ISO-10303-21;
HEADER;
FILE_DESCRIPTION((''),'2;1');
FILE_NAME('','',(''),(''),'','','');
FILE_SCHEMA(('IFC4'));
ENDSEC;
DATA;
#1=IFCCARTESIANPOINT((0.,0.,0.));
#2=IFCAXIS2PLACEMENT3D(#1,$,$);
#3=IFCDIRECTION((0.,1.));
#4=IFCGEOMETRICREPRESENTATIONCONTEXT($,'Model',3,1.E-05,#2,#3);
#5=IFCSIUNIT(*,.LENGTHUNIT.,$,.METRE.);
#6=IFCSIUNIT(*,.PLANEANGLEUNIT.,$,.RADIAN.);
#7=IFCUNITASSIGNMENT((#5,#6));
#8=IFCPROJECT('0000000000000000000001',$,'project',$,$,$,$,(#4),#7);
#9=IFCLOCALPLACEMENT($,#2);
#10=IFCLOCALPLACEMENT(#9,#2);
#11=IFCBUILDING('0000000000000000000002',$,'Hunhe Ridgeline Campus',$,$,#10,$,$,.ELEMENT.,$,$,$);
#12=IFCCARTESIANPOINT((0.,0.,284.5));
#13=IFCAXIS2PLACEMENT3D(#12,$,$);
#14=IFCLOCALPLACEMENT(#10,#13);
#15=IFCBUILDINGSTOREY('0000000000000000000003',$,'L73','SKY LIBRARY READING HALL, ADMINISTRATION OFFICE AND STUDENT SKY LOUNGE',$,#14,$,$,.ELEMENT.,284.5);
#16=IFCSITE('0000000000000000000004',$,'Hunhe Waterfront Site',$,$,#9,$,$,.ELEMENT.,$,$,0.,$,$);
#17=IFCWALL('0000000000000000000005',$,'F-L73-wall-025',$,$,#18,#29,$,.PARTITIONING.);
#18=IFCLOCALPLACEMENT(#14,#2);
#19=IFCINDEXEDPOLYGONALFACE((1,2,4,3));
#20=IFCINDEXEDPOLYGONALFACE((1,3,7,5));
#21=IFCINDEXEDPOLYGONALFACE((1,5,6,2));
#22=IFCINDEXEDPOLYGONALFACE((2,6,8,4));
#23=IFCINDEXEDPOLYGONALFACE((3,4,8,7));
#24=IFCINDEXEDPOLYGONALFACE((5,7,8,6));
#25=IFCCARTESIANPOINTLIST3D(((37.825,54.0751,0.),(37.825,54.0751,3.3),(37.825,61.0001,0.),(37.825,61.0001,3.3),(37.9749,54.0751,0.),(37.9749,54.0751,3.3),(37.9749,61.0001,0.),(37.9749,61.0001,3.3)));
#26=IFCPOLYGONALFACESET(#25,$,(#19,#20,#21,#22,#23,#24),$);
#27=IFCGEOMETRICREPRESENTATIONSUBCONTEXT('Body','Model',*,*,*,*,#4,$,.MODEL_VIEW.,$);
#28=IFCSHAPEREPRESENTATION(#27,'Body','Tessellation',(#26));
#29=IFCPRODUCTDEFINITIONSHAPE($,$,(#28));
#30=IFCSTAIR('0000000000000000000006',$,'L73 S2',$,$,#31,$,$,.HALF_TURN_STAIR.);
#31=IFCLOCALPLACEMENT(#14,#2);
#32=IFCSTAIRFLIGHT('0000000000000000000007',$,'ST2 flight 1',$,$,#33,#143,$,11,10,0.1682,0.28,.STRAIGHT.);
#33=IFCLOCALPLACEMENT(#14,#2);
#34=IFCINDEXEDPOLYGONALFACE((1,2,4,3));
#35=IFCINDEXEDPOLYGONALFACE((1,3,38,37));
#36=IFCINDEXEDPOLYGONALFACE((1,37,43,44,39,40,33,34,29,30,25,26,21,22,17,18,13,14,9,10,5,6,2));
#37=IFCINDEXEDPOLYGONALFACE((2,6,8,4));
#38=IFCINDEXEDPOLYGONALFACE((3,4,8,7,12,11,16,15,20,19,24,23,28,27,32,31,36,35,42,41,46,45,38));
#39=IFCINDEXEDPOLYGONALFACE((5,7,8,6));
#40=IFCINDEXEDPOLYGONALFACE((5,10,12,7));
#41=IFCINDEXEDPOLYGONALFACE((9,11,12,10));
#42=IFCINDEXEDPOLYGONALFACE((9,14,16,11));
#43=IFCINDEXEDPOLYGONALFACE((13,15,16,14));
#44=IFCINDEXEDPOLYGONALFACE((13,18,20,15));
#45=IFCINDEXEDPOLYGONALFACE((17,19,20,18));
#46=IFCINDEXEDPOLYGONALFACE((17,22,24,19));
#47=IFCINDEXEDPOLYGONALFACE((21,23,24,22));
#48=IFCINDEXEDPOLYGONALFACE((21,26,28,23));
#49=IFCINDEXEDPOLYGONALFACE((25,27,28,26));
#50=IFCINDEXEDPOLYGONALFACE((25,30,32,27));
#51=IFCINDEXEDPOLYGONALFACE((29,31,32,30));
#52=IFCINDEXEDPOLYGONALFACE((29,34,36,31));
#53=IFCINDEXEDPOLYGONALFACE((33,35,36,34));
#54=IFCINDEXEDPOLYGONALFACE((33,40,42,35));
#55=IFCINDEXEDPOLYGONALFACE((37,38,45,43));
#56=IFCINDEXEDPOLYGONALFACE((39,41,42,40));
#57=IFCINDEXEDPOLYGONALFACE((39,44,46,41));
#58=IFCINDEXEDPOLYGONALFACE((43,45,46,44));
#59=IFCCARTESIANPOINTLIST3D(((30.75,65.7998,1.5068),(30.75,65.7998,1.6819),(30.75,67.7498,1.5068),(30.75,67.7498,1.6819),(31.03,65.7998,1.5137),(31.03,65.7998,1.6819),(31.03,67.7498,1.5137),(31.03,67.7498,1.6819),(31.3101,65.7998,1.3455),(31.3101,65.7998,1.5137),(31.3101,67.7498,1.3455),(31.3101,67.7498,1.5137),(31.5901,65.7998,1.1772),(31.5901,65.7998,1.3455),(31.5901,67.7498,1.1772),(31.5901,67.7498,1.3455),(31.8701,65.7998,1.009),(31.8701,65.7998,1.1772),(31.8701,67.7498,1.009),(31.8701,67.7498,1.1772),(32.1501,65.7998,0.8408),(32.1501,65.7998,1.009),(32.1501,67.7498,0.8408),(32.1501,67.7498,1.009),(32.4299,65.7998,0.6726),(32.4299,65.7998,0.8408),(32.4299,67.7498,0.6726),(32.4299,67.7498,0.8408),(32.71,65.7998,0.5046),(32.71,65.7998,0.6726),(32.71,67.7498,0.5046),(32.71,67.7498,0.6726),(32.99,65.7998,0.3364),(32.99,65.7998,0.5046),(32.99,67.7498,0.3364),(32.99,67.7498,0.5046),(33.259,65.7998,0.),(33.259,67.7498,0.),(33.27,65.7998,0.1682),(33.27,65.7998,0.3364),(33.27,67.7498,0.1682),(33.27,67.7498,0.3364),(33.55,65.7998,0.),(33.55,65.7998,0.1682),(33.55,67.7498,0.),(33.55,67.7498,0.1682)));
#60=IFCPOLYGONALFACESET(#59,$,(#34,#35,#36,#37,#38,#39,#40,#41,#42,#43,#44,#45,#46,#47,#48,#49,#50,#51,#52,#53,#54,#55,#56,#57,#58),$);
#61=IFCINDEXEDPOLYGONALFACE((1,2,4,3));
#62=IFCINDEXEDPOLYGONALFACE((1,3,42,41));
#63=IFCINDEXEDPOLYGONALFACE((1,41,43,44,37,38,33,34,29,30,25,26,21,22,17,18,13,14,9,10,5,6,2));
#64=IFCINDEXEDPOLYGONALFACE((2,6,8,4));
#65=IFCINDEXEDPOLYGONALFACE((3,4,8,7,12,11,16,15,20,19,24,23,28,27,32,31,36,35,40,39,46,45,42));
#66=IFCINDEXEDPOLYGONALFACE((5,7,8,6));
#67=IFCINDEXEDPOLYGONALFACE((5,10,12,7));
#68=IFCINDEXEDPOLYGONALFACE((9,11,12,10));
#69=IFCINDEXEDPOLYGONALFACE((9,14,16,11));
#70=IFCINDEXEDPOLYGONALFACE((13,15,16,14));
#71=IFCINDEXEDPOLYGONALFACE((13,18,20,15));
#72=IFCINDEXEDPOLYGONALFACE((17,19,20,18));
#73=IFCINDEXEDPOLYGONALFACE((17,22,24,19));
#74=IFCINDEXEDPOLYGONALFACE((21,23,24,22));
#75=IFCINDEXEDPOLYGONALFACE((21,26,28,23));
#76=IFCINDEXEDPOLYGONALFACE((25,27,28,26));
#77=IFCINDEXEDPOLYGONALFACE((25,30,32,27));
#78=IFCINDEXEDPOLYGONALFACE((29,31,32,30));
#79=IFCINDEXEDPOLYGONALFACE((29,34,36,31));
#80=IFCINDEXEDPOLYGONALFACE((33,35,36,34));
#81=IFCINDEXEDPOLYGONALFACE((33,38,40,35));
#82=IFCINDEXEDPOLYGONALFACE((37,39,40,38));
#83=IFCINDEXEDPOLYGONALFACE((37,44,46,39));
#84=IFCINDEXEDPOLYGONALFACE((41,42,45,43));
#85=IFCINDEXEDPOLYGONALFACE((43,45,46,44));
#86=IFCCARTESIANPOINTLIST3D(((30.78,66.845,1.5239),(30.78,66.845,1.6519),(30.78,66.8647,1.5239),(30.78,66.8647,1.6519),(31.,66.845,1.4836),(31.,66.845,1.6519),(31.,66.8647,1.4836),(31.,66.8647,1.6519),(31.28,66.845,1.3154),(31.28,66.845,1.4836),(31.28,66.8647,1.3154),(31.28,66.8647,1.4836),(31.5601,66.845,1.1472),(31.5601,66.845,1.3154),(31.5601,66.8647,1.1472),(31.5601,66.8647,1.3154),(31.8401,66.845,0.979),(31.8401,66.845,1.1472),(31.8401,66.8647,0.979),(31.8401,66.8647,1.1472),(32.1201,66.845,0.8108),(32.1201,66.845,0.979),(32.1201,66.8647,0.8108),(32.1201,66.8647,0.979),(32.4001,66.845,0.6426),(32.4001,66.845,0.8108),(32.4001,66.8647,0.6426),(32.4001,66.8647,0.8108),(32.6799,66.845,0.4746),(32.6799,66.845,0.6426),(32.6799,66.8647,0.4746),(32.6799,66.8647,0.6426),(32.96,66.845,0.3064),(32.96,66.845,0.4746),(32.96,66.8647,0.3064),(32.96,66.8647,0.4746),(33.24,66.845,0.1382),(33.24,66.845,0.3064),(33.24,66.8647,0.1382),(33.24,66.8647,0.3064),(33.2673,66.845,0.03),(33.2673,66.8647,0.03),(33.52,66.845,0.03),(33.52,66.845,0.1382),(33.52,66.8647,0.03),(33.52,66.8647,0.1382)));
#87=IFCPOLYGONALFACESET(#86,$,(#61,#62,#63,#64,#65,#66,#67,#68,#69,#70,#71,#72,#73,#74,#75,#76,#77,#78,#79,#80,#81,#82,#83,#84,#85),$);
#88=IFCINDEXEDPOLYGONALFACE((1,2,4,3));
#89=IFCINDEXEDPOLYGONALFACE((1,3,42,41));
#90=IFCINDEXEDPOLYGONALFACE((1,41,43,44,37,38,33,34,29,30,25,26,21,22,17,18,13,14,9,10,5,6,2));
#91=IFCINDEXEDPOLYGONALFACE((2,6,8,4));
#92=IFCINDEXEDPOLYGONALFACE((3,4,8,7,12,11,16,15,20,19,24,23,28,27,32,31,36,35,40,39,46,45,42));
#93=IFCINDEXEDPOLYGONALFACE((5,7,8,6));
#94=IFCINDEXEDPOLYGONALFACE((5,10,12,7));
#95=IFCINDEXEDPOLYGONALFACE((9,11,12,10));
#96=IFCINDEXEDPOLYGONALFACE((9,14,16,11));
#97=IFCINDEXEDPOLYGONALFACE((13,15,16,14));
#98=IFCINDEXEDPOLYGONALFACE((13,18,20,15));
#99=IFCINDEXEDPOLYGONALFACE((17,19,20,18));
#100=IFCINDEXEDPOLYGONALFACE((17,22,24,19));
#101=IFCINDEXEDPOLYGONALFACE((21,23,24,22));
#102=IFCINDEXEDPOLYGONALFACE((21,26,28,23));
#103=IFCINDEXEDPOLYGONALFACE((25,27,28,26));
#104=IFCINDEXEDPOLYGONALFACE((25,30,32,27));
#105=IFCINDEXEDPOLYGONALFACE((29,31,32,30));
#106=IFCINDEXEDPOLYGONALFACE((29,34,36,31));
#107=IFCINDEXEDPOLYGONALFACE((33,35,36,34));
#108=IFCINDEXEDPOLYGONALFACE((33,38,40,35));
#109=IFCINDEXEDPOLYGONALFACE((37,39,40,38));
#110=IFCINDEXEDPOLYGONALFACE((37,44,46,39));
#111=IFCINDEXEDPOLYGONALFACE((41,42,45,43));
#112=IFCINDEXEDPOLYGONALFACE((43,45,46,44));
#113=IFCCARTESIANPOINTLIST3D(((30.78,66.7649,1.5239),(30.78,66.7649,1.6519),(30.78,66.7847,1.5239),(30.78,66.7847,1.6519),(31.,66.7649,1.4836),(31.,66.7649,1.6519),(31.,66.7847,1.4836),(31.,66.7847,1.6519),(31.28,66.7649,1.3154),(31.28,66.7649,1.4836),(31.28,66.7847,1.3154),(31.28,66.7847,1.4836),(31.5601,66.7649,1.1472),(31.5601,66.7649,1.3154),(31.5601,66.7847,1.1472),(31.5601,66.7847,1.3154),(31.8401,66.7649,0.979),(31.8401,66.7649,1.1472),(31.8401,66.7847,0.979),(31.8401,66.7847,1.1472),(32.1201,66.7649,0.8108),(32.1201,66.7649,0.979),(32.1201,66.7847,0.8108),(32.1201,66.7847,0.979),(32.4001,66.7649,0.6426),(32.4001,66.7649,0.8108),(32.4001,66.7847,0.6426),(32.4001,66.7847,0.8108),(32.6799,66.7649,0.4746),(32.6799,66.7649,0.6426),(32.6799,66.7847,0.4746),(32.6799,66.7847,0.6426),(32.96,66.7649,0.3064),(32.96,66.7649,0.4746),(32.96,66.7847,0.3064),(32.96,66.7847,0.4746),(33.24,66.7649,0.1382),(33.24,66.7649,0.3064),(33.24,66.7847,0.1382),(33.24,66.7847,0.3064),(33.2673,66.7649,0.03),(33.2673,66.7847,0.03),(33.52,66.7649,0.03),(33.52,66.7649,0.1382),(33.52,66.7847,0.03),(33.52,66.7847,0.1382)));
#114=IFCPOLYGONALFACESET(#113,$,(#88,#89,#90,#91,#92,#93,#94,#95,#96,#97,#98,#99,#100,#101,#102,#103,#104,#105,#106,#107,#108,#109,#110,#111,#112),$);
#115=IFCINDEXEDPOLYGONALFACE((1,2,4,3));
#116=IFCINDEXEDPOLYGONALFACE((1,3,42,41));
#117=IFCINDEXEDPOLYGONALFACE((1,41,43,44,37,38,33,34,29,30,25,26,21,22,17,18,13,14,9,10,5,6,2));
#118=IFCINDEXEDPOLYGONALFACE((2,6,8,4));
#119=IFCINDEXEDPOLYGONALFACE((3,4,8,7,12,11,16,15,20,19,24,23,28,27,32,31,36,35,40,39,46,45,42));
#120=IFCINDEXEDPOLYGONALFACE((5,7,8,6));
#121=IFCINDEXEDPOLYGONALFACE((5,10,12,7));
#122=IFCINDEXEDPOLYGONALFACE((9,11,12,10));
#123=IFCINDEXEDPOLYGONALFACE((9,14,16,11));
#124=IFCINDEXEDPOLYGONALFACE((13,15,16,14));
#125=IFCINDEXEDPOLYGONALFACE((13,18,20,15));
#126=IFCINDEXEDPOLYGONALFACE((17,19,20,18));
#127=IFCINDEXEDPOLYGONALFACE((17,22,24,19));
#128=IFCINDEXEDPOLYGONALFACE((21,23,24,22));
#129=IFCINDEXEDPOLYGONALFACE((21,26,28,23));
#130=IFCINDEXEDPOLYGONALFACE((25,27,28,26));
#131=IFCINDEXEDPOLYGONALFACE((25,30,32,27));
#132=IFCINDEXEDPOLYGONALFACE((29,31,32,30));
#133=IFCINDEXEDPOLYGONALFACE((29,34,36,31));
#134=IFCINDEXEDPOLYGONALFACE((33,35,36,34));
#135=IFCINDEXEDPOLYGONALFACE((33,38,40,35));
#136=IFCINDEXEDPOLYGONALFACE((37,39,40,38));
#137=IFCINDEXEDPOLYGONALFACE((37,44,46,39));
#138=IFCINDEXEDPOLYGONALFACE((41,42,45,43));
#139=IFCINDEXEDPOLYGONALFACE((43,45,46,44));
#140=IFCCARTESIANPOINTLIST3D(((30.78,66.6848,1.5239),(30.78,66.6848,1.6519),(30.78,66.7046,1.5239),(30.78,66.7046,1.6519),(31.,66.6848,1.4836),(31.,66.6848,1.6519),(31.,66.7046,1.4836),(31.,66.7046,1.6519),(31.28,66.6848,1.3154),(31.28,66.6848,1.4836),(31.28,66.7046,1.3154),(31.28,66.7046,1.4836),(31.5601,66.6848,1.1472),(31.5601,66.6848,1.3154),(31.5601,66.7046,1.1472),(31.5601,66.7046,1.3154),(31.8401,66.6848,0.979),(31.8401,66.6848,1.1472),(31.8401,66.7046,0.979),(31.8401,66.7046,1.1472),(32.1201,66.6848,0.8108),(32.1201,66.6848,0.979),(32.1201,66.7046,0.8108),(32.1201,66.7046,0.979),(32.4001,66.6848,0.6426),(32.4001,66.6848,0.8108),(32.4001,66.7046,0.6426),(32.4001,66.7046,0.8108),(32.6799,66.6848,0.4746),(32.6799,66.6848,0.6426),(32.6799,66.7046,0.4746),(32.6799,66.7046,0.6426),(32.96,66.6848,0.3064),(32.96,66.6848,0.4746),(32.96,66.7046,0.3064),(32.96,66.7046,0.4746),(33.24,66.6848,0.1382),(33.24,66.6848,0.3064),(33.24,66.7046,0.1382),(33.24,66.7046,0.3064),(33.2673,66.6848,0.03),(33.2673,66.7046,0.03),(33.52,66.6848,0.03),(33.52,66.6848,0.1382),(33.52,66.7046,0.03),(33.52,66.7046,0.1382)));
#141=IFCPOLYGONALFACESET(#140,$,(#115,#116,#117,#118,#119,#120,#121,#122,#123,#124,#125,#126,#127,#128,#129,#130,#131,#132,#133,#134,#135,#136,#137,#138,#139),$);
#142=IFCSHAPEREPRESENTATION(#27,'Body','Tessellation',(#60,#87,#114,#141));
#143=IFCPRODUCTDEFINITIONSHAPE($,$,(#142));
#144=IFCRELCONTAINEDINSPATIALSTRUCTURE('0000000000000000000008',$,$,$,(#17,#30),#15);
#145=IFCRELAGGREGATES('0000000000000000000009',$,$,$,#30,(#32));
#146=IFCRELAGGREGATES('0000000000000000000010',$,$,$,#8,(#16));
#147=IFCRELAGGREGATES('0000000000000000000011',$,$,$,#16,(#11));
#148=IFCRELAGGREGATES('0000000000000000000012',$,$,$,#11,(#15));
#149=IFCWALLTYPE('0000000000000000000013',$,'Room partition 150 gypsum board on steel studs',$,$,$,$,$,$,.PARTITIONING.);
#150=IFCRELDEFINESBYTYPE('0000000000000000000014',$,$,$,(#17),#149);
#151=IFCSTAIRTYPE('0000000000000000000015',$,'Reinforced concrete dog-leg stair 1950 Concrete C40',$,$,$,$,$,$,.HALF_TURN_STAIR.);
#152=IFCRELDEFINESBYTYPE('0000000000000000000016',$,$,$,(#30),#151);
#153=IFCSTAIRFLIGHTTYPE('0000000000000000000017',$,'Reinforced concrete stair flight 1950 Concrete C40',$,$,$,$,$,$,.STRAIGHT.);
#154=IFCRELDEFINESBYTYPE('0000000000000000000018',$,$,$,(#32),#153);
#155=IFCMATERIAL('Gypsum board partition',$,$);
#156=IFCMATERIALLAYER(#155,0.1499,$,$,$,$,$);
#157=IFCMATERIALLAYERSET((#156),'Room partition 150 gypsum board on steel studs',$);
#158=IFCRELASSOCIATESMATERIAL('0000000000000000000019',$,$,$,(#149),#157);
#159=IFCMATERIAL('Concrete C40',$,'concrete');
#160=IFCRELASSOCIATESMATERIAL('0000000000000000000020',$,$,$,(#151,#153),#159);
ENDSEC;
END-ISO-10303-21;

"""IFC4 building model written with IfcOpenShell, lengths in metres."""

from ifc_helpers import new_model, si_unit, direction, frame, frame_2d, origin, place, context, subcontext, project, spatial, polyline, rectangle, outline, extrude, material, layer, layer_set, type_object, element, aggregate, save


model = new_model("IFC4")

# Units and contexts
model_context = context("Model", 3, precision=1e-05, world=origin(), true_north=direction((0.0, 1.0)))
body_context = subcontext(model_context, "Body", "Model", "MODEL_VIEW")
ifc_project = project(units=[si_unit("LENGTHUNIT", "METRE"), si_unit("PLANEANGLEUNIT", "RADIAN")], contexts=[model_context])

# Site, building, storey
site_placement = place(None, origin())
site = spatial("IfcSite", under=ifc_project, at=site_placement, Name="Hunhe Waterfront Site", CompositionType="ELEMENT", RefElevation=0.0)
building_placement = place(site_placement, origin())
building = spatial("IfcBuilding", under=site, at=building_placement, Name="Hunhe Ridgeline Campus", CompositionType="ELEMENT")
storey_placement = place(building_placement, frame((0.0, 0.0, 284.5)))
storey = spatial("IfcBuildingStorey", under=building, at=storey_placement, Name="L73", Description="SKY LIBRARY READING HALL, ADMINISTRATION OFFICE AND STUDENT SKY LOUNGE", CompositionType="ELEMENT", Elevation=284.5)

# Shared definitions
ifc_material_1 = material(Name="Gypsum board partition")

# Wall
ifc_layer_1 = layer(ifc_material_1, 0.1499)
ifc_layer_set_1 = layer_set([ifc_layer_1], Name="Room partition 150 gypsum board on steel studs")
wall_type_1 = type_object("IfcWallType", Name="Room partition 150 gypsum board on steel studs", PredefinedType="PARTITIONING", material=ifc_layer_set_1)
wall_1_placement = place(storey_placement, frame((37.8999, 61.0, 0.0), z_axis=(0.0, 0.0, 1.0), x_axis=(0.0, -1.0, 0.0)))
element("IfcWall", 1, at=wall_1_placement, inside=storey, type_object=wall_type_1, Name="F-L73-wall-025", PredefinedType="PARTITIONING", context=body_context, shape_type="SweptSolid", body=[
    extrude(rectangle(XDim=6.925, YDim=0.1499, at=frame_2d((3.4624, 0.0))), origin(), (0.0, 0.0, 1.0), 3.3),
])

# Stair, stair flight
ifc_material_2 = material(Name="Concrete C40", Category="concrete")
stair_type = type_object("IfcStairType", Name="Reinforced concrete dog-leg stair 1950 Concrete C40", PredefinedType="HALF_TURN_STAIR", material=ifc_material_2)
stair_placement = place(storey_placement, origin())
stair = element("IfcStair", 2, at=stair_placement, inside=storey, type_object=stair_type, Name="L73 S2", PredefinedType="HALF_TURN_STAIR")
stair_flight_type = type_object("IfcStairFlightType", Name="Reinforced concrete stair flight 1950 Concrete C40", PredefinedType="STRAIGHT", material=ifc_material_2)
stair_flight_placement = place(storey_placement, frame((33.55, 66.7749, 0.0), z_axis=(0.0, 0.0, 1.0), x_axis=(-1.0, 0.0, 0.0)))
stair_flight = element("IfcStairFlight", 3, at=stair_flight_placement, type_object=stair_flight_type, Name="ST2 flight 1", NumberOfRisers=11, NumberOfTreads=10, PredefinedType="STRAIGHT", RiserHeight=0.1682, TreadLength=0.28, context=body_context, shape_type="SweptSolid", body=[
    extrude(outline(polyline([(0.0, 0.0), (0.0, 0.1682), (0.28, 0.1682), (0.28, 0.3364), (0.5601, 0.3364), (0.5601, 0.5046), (0.8401, 0.5046), (0.8401, 0.6726), (1.1201, 0.6726), (1.1201, 0.8408), (1.3999, 0.8408), (1.3999, 1.009), (1.6799, 1.009), (1.6799, 1.1772), (1.96, 1.1772), (1.96, 1.3455), (2.24, 1.3455), (2.24, 1.5137), (2.52, 1.5137), (2.52, 1.6819), (2.8, 1.6819), (2.8, 1.8501), (2.8, 1.5068), (0.291, 0.0), (0.0, 0.0)])), frame((0.0, 0.9751, 0.0), z_axis=(0.0, -1.0, 0.0), x_axis=(1.0, 0.0, 0.0)), (0.0, 0.0, 1.0), 1.95),
    extrude(outline(polyline([(0.03, 0.03), (0.03, 0.1382), (0.3101, 0.1382), (0.3101, 0.3064), (0.5901, 0.3064), (0.5901, 0.4746), (0.8701, 0.4746), (0.8701, 0.6426), (1.1499, 0.6426), (1.1499, 0.8108), (1.4299, 0.8108), (1.4299, 0.979), (1.71, 0.979), (1.71, 1.1472), (1.99, 1.1472), (1.99, 1.3154), (2.27, 1.3154), (2.27, 1.4836), (2.55, 1.4836), (2.55, 1.6519), (2.77, 1.6519), (2.77, 1.5239), (0.2827, 0.03), (0.03, 0.03)])), frame((0.0, -0.0701, 0.0), z_axis=(0.0, -1.0, 0.0), x_axis=(1.0, 0.0, 0.0)), (0.0, 0.0, 1.0), 0.0198),
    extrude(outline(polyline([(0.03, 0.03), (0.03, 0.1382), (0.3101, 0.1382), (0.3101, 0.3064), (0.5901, 0.3064), (0.5901, 0.4746), (0.8701, 0.4746), (0.8701, 0.6426), (1.1499, 0.6426), (1.1499, 0.8108), (1.4299, 0.8108), (1.4299, 0.979), (1.71, 0.979), (1.71, 1.1472), (1.99, 1.1472), (1.99, 1.3154), (2.27, 1.3154), (2.27, 1.4836), (2.55, 1.4836), (2.55, 1.6519), (2.77, 1.6519), (2.77, 1.5239), (0.2827, 0.03), (0.03, 0.03)])), frame((0.0, 0.01, 0.0), z_axis=(0.0, -1.0, 0.0), x_axis=(1.0, 0.0, 0.0)), (0.0, 0.0, 1.0), 0.0198),
    extrude(outline(polyline([(0.03, 0.03), (0.03, 0.1382), (0.3101, 0.1382), (0.3101, 0.3064), (0.5901, 0.3064), (0.5901, 0.4746), (0.8701, 0.4746), (0.8701, 0.6426), (1.1499, 0.6426), (1.1499, 0.8108), (1.4299, 0.8108), (1.4299, 0.979), (1.71, 0.979), (1.71, 1.1472), (1.99, 1.1472), (1.99, 1.3154), (2.27, 1.3154), (2.27, 1.4836), (2.55, 1.4836), (2.55, 1.6519), (2.77, 1.6519), (2.77, 1.5239), (0.2827, 0.03), (0.03, 0.03)])), frame((0.0, 0.0901, 0.0), z_axis=(0.0, -1.0, 0.0), x_axis=(1.0, 0.0, 0.0)), (0.0, 0.0, 1.0), 0.0198),
])
aggregate(stair, [stair_flight])

save(model, "model.ifc")
